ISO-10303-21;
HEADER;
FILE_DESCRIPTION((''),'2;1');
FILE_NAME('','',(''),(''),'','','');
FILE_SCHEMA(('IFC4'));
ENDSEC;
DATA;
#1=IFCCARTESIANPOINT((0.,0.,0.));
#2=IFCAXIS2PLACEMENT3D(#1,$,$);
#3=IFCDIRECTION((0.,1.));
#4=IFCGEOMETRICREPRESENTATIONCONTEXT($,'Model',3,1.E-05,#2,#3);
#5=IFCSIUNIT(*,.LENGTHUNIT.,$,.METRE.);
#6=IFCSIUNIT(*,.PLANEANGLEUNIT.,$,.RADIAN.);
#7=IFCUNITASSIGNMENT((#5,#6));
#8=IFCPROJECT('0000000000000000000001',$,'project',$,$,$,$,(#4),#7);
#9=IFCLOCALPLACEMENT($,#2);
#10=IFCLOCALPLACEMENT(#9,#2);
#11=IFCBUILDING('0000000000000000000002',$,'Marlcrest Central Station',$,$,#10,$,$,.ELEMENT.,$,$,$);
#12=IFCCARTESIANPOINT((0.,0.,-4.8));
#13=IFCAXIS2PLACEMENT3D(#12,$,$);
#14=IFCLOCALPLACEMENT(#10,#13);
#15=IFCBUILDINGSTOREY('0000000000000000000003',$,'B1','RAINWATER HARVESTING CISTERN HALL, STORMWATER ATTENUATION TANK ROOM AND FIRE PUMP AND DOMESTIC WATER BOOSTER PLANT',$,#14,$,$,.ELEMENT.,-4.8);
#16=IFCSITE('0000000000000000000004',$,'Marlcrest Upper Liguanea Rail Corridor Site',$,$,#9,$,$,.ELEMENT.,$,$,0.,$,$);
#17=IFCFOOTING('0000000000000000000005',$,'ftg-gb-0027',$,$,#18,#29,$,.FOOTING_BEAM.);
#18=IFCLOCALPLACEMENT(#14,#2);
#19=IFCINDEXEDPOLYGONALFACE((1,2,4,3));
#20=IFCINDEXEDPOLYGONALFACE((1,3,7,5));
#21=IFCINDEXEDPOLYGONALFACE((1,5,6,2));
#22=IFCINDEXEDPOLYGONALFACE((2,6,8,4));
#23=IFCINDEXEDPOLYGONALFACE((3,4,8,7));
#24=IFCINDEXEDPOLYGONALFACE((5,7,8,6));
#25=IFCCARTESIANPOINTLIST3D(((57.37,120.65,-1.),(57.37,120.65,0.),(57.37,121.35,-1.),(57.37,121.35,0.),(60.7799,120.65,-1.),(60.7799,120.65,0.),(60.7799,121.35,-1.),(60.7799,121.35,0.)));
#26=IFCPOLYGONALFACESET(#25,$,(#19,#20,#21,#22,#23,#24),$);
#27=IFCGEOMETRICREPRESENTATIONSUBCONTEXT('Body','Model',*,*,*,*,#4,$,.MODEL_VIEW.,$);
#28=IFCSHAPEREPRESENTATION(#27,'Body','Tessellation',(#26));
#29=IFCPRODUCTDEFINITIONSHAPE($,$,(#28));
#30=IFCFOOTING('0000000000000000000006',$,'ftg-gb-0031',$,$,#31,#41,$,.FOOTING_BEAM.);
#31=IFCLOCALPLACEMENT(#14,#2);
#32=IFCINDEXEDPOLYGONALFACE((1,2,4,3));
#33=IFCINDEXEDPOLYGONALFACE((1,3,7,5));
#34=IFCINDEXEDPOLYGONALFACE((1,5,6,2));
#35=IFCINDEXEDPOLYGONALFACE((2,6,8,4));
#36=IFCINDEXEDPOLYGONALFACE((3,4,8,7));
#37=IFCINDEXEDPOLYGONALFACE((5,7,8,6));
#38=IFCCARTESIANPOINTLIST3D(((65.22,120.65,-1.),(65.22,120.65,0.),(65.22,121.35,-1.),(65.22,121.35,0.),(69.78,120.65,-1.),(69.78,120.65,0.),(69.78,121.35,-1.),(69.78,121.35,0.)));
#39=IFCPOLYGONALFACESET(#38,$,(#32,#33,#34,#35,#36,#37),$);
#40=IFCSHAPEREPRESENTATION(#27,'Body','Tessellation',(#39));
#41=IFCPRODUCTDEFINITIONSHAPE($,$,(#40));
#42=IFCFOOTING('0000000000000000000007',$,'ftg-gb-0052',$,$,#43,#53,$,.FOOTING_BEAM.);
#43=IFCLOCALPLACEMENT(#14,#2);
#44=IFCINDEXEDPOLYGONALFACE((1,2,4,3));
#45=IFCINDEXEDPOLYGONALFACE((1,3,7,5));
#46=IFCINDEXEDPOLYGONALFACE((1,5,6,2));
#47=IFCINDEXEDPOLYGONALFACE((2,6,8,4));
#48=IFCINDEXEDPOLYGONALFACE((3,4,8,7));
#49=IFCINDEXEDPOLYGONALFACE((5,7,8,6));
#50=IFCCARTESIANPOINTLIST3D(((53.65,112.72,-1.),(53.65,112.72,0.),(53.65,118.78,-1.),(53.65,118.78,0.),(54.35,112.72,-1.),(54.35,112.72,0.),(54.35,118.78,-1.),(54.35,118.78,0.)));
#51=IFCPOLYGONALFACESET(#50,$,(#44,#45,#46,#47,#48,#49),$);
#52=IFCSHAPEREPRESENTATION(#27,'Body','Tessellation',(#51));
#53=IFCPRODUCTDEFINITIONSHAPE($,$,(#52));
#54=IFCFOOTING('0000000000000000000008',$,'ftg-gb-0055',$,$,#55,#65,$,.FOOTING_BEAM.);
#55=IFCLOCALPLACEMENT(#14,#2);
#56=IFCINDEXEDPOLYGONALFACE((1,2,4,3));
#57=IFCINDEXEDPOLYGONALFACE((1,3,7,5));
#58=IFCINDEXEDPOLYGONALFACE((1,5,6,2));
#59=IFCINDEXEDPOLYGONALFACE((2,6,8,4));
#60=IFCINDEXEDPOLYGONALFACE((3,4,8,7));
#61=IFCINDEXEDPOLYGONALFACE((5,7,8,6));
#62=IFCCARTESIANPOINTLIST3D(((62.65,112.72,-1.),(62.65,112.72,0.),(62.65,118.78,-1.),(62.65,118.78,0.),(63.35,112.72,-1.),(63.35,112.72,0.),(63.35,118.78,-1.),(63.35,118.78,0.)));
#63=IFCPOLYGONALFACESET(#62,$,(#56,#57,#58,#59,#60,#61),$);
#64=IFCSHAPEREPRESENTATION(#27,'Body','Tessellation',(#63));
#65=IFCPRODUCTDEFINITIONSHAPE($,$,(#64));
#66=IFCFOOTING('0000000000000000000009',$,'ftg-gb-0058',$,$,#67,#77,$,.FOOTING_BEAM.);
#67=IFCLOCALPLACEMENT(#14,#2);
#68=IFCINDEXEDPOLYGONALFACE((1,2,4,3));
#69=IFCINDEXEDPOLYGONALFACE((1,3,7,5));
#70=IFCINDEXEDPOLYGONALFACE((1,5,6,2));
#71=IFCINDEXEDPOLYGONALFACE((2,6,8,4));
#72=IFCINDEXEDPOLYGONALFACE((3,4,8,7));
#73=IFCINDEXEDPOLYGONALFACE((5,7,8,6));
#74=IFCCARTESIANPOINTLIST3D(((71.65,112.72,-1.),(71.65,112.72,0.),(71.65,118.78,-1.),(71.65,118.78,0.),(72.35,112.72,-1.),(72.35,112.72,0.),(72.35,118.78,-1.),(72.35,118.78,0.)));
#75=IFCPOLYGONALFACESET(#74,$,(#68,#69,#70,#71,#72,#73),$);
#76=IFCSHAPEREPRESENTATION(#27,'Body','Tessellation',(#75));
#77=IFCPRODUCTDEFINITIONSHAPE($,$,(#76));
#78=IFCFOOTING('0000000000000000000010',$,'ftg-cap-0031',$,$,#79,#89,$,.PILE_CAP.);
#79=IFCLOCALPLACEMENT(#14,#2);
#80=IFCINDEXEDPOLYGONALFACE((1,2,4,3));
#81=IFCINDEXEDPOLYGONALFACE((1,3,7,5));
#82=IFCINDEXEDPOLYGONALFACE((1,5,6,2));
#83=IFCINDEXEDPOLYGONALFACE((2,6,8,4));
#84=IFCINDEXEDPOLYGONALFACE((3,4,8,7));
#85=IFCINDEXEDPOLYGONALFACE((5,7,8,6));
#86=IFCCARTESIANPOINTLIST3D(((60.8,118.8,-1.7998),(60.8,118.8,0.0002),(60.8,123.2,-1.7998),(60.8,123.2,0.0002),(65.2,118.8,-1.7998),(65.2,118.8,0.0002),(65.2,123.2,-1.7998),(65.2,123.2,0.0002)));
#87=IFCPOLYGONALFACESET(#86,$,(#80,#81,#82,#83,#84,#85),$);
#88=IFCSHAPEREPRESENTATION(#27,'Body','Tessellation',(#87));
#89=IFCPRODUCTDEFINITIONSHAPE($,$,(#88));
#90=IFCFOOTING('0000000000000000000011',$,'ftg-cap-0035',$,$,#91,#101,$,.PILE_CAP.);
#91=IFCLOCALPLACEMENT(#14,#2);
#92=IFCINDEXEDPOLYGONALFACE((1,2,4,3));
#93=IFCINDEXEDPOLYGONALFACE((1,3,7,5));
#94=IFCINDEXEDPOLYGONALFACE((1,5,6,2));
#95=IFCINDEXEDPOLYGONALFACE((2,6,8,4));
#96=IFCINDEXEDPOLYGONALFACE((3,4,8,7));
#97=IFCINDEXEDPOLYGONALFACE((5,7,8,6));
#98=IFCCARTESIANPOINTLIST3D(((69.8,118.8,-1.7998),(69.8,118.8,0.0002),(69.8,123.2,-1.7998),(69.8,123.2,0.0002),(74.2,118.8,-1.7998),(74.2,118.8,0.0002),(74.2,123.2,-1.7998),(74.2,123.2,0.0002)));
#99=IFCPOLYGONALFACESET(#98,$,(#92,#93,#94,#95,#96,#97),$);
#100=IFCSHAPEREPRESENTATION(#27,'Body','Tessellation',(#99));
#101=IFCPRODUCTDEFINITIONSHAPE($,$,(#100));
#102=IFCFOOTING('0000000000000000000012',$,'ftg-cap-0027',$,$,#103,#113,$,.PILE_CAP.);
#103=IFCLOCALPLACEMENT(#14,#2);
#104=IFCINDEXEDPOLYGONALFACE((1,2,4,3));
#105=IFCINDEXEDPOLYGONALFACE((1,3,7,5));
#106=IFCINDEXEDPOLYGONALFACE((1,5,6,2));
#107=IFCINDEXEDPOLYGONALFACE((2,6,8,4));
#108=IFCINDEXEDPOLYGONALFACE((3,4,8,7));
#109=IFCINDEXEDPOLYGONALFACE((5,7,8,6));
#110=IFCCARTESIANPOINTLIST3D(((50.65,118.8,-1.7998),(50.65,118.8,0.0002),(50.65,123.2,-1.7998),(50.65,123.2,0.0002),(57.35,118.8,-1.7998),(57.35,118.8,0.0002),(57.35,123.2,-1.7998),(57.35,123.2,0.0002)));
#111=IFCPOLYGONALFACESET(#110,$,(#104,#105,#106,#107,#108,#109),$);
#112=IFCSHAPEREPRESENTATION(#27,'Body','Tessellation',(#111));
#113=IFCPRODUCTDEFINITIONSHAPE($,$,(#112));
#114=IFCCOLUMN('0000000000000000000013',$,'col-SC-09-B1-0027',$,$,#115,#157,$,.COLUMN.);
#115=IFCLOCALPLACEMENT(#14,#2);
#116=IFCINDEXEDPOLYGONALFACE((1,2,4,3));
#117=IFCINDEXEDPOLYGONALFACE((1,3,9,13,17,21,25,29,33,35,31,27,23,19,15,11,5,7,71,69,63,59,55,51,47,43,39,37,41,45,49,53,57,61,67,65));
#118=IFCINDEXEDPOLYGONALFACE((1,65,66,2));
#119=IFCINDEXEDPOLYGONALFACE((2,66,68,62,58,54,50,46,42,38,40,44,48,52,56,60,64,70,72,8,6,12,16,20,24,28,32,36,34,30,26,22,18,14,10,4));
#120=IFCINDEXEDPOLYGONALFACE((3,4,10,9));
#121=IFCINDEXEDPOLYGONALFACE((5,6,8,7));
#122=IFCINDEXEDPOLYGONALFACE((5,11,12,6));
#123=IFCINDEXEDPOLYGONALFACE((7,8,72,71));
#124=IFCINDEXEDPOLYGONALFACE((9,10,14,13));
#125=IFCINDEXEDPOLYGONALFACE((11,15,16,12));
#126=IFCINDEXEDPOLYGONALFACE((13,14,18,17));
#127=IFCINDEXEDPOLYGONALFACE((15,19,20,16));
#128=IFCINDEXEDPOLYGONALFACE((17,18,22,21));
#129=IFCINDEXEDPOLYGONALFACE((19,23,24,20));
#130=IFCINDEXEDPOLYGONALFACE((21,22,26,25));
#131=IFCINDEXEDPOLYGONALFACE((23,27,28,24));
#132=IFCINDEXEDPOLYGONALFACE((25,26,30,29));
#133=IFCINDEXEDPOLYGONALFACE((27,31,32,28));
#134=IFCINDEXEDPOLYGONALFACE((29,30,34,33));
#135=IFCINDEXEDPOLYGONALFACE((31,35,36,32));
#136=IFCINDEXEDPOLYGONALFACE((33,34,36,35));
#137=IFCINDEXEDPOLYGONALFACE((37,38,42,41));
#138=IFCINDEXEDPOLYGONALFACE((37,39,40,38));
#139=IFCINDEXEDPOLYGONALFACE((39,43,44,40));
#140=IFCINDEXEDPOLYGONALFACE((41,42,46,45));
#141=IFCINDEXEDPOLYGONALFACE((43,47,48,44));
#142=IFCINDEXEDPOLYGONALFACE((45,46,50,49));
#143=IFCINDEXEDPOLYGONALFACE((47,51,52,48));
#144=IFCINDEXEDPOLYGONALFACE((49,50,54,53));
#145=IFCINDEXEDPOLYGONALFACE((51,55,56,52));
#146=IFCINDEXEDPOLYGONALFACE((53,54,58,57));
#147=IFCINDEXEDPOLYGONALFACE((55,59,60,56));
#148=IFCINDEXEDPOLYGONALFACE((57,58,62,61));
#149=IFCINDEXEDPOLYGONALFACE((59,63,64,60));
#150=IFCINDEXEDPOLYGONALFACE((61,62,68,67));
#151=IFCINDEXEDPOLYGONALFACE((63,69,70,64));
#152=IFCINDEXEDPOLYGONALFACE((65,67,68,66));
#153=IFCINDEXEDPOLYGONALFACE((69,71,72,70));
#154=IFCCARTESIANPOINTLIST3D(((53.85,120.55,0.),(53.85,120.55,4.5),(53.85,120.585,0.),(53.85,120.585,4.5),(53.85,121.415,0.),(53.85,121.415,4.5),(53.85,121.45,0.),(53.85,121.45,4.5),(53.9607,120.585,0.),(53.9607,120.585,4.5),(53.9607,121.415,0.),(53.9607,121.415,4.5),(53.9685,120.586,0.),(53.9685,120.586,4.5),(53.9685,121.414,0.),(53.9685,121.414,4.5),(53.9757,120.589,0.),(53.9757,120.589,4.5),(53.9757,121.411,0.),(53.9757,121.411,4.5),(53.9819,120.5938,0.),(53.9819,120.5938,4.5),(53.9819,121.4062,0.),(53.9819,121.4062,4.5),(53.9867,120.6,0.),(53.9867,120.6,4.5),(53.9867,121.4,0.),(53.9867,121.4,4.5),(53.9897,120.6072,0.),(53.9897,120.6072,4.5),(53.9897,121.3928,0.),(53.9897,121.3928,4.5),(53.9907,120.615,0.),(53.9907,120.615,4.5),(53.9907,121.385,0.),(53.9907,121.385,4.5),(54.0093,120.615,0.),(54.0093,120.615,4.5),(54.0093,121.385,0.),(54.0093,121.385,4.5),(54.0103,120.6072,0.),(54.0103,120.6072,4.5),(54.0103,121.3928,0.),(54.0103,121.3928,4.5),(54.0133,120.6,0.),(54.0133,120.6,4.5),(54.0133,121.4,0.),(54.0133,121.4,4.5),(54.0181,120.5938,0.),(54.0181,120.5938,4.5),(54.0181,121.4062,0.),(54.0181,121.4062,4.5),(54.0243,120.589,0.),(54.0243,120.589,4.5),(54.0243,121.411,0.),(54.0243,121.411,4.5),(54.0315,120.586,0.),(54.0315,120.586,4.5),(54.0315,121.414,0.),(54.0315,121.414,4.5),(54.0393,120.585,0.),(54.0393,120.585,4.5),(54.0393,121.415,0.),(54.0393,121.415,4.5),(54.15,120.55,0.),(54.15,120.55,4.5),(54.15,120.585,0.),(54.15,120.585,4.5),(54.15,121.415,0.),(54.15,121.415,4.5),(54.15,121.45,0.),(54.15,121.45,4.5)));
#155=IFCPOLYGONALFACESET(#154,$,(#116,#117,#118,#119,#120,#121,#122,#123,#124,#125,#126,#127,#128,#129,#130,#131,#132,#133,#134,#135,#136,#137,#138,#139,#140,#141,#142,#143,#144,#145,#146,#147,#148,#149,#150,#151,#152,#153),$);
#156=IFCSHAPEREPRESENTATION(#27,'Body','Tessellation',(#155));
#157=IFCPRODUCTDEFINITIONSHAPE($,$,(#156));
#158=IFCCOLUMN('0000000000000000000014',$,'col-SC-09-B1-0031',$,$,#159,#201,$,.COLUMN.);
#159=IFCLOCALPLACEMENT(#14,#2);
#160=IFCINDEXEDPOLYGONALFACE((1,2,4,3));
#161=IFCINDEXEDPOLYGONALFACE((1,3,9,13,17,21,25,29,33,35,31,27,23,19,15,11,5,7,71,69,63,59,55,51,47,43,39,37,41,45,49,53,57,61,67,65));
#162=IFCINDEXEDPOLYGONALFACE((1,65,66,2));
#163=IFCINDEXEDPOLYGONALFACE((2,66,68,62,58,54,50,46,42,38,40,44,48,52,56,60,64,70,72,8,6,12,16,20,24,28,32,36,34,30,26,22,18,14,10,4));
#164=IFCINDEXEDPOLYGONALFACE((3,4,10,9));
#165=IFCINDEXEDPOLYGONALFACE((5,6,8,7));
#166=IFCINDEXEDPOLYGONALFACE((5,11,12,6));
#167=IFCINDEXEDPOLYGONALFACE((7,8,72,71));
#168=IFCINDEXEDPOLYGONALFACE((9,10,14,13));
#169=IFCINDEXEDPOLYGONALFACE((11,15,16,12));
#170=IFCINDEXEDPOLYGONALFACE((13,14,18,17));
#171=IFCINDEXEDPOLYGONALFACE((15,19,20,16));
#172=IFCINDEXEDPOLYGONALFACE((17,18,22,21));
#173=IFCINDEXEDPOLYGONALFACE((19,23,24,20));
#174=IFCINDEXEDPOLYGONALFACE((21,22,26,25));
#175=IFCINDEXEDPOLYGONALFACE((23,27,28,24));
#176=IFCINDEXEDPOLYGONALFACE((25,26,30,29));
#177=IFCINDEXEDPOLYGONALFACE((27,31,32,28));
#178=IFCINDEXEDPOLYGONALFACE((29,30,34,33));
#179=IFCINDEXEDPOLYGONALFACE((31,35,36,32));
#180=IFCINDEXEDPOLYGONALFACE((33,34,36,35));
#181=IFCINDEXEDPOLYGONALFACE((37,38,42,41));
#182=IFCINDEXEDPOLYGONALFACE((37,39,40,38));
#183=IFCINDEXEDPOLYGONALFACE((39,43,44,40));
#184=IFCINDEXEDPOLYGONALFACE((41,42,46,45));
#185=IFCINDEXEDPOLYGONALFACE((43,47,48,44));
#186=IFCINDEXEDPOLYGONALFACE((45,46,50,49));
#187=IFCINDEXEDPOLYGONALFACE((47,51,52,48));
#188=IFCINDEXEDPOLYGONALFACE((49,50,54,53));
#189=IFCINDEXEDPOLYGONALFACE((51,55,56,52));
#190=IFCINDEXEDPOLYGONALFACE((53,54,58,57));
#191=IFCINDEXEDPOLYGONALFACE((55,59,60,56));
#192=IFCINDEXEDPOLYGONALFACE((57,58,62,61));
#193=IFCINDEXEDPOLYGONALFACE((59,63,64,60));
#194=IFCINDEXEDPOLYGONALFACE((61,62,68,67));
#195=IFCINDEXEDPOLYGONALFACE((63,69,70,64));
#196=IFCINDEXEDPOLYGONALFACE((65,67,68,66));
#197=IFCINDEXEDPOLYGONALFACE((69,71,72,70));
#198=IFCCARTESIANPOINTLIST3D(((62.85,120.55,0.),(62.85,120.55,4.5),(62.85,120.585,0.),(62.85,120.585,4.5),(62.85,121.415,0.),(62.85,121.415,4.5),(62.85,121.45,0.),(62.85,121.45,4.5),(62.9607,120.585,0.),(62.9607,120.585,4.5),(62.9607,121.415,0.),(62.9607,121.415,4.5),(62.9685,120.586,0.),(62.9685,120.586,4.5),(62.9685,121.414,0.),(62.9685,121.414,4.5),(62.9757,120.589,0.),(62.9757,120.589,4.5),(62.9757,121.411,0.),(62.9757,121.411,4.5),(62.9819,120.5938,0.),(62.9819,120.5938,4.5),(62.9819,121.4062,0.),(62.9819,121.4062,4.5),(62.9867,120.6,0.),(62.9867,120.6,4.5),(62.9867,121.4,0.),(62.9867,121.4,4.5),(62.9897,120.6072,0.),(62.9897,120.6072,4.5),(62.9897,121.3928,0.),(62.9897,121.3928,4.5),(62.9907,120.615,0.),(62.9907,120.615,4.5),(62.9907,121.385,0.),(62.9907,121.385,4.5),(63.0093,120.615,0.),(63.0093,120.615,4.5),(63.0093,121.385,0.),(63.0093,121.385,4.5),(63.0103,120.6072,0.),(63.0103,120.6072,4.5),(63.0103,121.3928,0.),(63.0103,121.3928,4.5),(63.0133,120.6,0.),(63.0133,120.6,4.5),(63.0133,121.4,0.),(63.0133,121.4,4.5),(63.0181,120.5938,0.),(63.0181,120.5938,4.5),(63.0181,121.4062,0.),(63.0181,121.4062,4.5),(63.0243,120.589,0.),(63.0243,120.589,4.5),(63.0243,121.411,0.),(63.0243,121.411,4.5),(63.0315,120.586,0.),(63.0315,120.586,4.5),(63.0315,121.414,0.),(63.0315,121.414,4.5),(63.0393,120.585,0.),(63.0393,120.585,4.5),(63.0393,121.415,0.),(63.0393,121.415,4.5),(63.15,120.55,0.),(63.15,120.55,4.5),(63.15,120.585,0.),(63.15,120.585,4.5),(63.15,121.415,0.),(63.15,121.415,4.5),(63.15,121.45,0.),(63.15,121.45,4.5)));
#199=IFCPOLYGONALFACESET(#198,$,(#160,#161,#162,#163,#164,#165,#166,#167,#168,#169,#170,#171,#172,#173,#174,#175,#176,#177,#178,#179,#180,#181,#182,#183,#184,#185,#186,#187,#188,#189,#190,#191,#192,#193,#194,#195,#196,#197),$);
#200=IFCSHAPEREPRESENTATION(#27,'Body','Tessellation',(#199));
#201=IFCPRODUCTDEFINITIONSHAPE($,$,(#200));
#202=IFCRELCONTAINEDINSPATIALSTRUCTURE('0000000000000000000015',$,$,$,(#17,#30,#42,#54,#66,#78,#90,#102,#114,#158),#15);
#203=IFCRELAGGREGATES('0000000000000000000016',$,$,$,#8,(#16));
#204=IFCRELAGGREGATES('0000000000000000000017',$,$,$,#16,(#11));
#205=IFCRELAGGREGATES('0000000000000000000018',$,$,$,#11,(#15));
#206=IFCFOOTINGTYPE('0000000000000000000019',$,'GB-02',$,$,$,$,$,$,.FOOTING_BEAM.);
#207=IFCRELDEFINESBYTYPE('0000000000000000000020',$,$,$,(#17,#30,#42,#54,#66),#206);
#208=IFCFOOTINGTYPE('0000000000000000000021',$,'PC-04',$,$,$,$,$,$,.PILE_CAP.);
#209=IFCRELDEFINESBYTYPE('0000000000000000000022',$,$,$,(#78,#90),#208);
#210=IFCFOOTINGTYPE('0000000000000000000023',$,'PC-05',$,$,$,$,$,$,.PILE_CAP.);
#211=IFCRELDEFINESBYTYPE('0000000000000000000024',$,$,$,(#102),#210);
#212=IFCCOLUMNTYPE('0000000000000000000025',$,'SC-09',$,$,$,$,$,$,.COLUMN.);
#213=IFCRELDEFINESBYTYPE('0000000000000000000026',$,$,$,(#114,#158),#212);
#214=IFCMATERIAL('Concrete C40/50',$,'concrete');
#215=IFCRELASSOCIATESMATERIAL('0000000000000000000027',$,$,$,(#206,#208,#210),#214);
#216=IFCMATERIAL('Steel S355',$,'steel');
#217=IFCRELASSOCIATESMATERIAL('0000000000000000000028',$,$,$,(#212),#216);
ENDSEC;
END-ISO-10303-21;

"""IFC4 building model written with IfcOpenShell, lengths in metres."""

from ifc_helpers import new_model, si_unit, direction, frame, origin, origin_2d, place, context, subcontext, project, spatial, rectangle, i_section, extrude, material, material_profile, profile_set, type_object, element, save


model = new_model("IFC4")

# Units and contexts
model_context = context("Model", 3, precision=1e-05, world=origin(), true_north=direction((0.0, 1.0)))
body_context = subcontext(model_context, "Body", "Model", "MODEL_VIEW")
ifc_project = project(units=[si_unit("LENGTHUNIT", "METRE"), si_unit("PLANEANGLEUNIT", "RADIAN")], contexts=[model_context])

# Site, building, storey
site_placement = place(None, origin())
site = spatial("IfcSite", under=ifc_project, at=site_placement, Name="Marlcrest Upper Liguanea Rail Corridor Site", CompositionType="ELEMENT", RefElevation=0.0)
building_placement = place(site_placement, origin())
building = spatial("IfcBuilding", under=site, at=building_placement, Name="Marlcrest Central Station", CompositionType="ELEMENT")
storey_placement = place(building_placement, frame((0.0, 0.0, -4.8)))
storey = spatial("IfcBuildingStorey", under=building, at=storey_placement, Name="B1", Description="RAINWATER HARVESTING CISTERN HALL, STORMWATER ATTENUATION TANK ROOM AND FIRE PUMP AND DOMESTIC WATER BOOSTER PLANT", CompositionType="ELEMENT", Elevation=-4.8)

# Footings
ifc_material_1 = material(Name="Concrete C40/50", Category="concrete")
footing_type_1 = type_object("IfcFootingType", Name="GB-02", PredefinedType="FOOTING_BEAM", material=ifc_material_1)
footing_1_placement = place(storey_placement, frame((59.075, 121.0, -1.0), z_axis=(0.0, 0.0, 1.0), x_axis=(1.0, 0.0, 0.0)))
element("IfcFooting", 1, at=footing_1_placement, inside=storey, type_object=footing_type_1, Name="ftg-gb-0027", PredefinedType="FOOTING_BEAM", context=body_context, shape_type="SweptSolid", body=[
    extrude(rectangle(XDim=3.4099, YDim=0.7, at=origin_2d()), origin(), (0.0, 0.0, 1.0), 1.0),
])
footing_2_placement = place(storey_placement, frame((67.5, 121.0, -1.0), z_axis=(0.0, 0.0, 1.0), x_axis=(1.0, 0.0, 0.0)))
element("IfcFooting", 2, at=footing_2_placement, inside=storey, type_object=footing_type_1, Name="ftg-gb-0031", PredefinedType="FOOTING_BEAM", context=body_context, shape_type="SweptSolid", body=[
    extrude(rectangle(XDim=4.5601, YDim=0.7, at=origin_2d()), origin(), (0.0, 0.0, 1.0), 1.0),
])
for number, where, z_axis, x_axis, name in (
    (3, (54.0, 115.75, -1.0), (0.0, 0.0, 1.0), (1.0, 0.0, 0.0), "ftg-gb-0052"),
    (4, (63.0, 115.75, -1.0), (0.0, 0.0, 1.0), (1.0, 0.0, 0.0), "ftg-gb-0055"),
    (5, (72.0, 115.75, -1.0), (0.0, 0.0, 1.0), (1.0, 0.0, 0.0), "ftg-gb-0058"),
):
    element("IfcFooting", number, at=place(storey_placement, frame(where, z_axis=z_axis, x_axis=x_axis)), inside=storey, type_object=footing_type_1, Name=name, PredefinedType="FOOTING_BEAM", context=body_context, shape_type="SweptSolid", body=[
        extrude(rectangle(XDim=0.7, YDim=6.0601, at=origin_2d()), origin(), (0.0, 0.0, 1.0), 1.0),
    ])
footing_type_2 = type_object("IfcFootingType", Name="PC-04", PredefinedType="PILE_CAP", material=ifc_material_1)
for number, where, z_axis, x_axis, name in (
    (6, (63.0, 121.0, -1.7998), (0.0, 0.0, 1.0), (1.0, 0.0, 0.0), "ftg-cap-0031"),
    (7, (72.0, 121.0, -1.7998), (0.0, 0.0, 1.0), (1.0, 0.0, 0.0), "ftg-cap-0035"),
):
    element("IfcFooting", number, at=place(storey_placement, frame(where, z_axis=z_axis, x_axis=x_axis)), inside=storey, type_object=footing_type_2, Name=name, PredefinedType="PILE_CAP", context=body_context, shape_type="SweptSolid", body=[
        extrude(rectangle(XDim=4.3999, YDim=4.3999, at=origin_2d()), origin(), (0.0, 0.0, 1.0), 1.8),
    ])
footing_type_3 = type_object("IfcFootingType", Name="PC-05", PredefinedType="PILE_CAP", material=ifc_material_1)
footing_3_placement = place(storey_placement, frame((54.0, 121.0, -1.7998), z_axis=(0.0, 0.0, 1.0), x_axis=(1.0, 0.0, 0.0)))
element("IfcFooting", 8, at=footing_3_placement, inside=storey, type_object=footing_type_3, Name="ftg-cap-0027", PredefinedType="PILE_CAP", context=body_context, shape_type="SweptSolid", body=[
    extrude(rectangle(XDim=6.7, YDim=4.3999, at=origin_2d()), origin(), (0.0, 0.0, 1.0), 1.8),
])

# Columns
ifc_material_2 = material(Name="Steel S355", Category="steel")
ifc_material_profile_1 = material_profile(ifc_material_2, i_section(OverallWidth=0.3, OverallDepth=0.8999, WebThickness=0.0186, FlangeThickness=0.0349, FilletRadius=0.03, at=origin_2d()), Name="HEB 900")
ifc_profile_set_1 = profile_set([ifc_material_profile_1], Name="Steel S355")
column_type = type_object("IfcColumnType", Name="SC-09", PredefinedType="COLUMN", material=ifc_profile_set_1)
for number, where, z_axis, x_axis, name in (
    (9, (54.0, 121.0, 0.0), (0.0, 0.0, 1.0), (1.0, 0.0, 0.0), "col-SC-09-B1-0027"),
    (10, (63.0, 121.0, 0.0), (0.0, 0.0, 1.0), (1.0, 0.0, 0.0), "col-SC-09-B1-0031"),
):
    element("IfcColumn", number, at=place(storey_placement, frame(where, z_axis=z_axis, x_axis=x_axis)), inside=storey, type_object=column_type, Name=name, PredefinedType="COLUMN", context=body_context, shape_type="SweptSolid", body=[
        extrude(i_section(OverallWidth=0.3, OverallDepth=0.8999, WebThickness=0.0186, FlangeThickness=0.0349, FilletRadius=0.03, at=origin_2d()), origin(), (0.0, 0.0, 1.0), 4.5),
    ])

save(model, "model.ifc")
